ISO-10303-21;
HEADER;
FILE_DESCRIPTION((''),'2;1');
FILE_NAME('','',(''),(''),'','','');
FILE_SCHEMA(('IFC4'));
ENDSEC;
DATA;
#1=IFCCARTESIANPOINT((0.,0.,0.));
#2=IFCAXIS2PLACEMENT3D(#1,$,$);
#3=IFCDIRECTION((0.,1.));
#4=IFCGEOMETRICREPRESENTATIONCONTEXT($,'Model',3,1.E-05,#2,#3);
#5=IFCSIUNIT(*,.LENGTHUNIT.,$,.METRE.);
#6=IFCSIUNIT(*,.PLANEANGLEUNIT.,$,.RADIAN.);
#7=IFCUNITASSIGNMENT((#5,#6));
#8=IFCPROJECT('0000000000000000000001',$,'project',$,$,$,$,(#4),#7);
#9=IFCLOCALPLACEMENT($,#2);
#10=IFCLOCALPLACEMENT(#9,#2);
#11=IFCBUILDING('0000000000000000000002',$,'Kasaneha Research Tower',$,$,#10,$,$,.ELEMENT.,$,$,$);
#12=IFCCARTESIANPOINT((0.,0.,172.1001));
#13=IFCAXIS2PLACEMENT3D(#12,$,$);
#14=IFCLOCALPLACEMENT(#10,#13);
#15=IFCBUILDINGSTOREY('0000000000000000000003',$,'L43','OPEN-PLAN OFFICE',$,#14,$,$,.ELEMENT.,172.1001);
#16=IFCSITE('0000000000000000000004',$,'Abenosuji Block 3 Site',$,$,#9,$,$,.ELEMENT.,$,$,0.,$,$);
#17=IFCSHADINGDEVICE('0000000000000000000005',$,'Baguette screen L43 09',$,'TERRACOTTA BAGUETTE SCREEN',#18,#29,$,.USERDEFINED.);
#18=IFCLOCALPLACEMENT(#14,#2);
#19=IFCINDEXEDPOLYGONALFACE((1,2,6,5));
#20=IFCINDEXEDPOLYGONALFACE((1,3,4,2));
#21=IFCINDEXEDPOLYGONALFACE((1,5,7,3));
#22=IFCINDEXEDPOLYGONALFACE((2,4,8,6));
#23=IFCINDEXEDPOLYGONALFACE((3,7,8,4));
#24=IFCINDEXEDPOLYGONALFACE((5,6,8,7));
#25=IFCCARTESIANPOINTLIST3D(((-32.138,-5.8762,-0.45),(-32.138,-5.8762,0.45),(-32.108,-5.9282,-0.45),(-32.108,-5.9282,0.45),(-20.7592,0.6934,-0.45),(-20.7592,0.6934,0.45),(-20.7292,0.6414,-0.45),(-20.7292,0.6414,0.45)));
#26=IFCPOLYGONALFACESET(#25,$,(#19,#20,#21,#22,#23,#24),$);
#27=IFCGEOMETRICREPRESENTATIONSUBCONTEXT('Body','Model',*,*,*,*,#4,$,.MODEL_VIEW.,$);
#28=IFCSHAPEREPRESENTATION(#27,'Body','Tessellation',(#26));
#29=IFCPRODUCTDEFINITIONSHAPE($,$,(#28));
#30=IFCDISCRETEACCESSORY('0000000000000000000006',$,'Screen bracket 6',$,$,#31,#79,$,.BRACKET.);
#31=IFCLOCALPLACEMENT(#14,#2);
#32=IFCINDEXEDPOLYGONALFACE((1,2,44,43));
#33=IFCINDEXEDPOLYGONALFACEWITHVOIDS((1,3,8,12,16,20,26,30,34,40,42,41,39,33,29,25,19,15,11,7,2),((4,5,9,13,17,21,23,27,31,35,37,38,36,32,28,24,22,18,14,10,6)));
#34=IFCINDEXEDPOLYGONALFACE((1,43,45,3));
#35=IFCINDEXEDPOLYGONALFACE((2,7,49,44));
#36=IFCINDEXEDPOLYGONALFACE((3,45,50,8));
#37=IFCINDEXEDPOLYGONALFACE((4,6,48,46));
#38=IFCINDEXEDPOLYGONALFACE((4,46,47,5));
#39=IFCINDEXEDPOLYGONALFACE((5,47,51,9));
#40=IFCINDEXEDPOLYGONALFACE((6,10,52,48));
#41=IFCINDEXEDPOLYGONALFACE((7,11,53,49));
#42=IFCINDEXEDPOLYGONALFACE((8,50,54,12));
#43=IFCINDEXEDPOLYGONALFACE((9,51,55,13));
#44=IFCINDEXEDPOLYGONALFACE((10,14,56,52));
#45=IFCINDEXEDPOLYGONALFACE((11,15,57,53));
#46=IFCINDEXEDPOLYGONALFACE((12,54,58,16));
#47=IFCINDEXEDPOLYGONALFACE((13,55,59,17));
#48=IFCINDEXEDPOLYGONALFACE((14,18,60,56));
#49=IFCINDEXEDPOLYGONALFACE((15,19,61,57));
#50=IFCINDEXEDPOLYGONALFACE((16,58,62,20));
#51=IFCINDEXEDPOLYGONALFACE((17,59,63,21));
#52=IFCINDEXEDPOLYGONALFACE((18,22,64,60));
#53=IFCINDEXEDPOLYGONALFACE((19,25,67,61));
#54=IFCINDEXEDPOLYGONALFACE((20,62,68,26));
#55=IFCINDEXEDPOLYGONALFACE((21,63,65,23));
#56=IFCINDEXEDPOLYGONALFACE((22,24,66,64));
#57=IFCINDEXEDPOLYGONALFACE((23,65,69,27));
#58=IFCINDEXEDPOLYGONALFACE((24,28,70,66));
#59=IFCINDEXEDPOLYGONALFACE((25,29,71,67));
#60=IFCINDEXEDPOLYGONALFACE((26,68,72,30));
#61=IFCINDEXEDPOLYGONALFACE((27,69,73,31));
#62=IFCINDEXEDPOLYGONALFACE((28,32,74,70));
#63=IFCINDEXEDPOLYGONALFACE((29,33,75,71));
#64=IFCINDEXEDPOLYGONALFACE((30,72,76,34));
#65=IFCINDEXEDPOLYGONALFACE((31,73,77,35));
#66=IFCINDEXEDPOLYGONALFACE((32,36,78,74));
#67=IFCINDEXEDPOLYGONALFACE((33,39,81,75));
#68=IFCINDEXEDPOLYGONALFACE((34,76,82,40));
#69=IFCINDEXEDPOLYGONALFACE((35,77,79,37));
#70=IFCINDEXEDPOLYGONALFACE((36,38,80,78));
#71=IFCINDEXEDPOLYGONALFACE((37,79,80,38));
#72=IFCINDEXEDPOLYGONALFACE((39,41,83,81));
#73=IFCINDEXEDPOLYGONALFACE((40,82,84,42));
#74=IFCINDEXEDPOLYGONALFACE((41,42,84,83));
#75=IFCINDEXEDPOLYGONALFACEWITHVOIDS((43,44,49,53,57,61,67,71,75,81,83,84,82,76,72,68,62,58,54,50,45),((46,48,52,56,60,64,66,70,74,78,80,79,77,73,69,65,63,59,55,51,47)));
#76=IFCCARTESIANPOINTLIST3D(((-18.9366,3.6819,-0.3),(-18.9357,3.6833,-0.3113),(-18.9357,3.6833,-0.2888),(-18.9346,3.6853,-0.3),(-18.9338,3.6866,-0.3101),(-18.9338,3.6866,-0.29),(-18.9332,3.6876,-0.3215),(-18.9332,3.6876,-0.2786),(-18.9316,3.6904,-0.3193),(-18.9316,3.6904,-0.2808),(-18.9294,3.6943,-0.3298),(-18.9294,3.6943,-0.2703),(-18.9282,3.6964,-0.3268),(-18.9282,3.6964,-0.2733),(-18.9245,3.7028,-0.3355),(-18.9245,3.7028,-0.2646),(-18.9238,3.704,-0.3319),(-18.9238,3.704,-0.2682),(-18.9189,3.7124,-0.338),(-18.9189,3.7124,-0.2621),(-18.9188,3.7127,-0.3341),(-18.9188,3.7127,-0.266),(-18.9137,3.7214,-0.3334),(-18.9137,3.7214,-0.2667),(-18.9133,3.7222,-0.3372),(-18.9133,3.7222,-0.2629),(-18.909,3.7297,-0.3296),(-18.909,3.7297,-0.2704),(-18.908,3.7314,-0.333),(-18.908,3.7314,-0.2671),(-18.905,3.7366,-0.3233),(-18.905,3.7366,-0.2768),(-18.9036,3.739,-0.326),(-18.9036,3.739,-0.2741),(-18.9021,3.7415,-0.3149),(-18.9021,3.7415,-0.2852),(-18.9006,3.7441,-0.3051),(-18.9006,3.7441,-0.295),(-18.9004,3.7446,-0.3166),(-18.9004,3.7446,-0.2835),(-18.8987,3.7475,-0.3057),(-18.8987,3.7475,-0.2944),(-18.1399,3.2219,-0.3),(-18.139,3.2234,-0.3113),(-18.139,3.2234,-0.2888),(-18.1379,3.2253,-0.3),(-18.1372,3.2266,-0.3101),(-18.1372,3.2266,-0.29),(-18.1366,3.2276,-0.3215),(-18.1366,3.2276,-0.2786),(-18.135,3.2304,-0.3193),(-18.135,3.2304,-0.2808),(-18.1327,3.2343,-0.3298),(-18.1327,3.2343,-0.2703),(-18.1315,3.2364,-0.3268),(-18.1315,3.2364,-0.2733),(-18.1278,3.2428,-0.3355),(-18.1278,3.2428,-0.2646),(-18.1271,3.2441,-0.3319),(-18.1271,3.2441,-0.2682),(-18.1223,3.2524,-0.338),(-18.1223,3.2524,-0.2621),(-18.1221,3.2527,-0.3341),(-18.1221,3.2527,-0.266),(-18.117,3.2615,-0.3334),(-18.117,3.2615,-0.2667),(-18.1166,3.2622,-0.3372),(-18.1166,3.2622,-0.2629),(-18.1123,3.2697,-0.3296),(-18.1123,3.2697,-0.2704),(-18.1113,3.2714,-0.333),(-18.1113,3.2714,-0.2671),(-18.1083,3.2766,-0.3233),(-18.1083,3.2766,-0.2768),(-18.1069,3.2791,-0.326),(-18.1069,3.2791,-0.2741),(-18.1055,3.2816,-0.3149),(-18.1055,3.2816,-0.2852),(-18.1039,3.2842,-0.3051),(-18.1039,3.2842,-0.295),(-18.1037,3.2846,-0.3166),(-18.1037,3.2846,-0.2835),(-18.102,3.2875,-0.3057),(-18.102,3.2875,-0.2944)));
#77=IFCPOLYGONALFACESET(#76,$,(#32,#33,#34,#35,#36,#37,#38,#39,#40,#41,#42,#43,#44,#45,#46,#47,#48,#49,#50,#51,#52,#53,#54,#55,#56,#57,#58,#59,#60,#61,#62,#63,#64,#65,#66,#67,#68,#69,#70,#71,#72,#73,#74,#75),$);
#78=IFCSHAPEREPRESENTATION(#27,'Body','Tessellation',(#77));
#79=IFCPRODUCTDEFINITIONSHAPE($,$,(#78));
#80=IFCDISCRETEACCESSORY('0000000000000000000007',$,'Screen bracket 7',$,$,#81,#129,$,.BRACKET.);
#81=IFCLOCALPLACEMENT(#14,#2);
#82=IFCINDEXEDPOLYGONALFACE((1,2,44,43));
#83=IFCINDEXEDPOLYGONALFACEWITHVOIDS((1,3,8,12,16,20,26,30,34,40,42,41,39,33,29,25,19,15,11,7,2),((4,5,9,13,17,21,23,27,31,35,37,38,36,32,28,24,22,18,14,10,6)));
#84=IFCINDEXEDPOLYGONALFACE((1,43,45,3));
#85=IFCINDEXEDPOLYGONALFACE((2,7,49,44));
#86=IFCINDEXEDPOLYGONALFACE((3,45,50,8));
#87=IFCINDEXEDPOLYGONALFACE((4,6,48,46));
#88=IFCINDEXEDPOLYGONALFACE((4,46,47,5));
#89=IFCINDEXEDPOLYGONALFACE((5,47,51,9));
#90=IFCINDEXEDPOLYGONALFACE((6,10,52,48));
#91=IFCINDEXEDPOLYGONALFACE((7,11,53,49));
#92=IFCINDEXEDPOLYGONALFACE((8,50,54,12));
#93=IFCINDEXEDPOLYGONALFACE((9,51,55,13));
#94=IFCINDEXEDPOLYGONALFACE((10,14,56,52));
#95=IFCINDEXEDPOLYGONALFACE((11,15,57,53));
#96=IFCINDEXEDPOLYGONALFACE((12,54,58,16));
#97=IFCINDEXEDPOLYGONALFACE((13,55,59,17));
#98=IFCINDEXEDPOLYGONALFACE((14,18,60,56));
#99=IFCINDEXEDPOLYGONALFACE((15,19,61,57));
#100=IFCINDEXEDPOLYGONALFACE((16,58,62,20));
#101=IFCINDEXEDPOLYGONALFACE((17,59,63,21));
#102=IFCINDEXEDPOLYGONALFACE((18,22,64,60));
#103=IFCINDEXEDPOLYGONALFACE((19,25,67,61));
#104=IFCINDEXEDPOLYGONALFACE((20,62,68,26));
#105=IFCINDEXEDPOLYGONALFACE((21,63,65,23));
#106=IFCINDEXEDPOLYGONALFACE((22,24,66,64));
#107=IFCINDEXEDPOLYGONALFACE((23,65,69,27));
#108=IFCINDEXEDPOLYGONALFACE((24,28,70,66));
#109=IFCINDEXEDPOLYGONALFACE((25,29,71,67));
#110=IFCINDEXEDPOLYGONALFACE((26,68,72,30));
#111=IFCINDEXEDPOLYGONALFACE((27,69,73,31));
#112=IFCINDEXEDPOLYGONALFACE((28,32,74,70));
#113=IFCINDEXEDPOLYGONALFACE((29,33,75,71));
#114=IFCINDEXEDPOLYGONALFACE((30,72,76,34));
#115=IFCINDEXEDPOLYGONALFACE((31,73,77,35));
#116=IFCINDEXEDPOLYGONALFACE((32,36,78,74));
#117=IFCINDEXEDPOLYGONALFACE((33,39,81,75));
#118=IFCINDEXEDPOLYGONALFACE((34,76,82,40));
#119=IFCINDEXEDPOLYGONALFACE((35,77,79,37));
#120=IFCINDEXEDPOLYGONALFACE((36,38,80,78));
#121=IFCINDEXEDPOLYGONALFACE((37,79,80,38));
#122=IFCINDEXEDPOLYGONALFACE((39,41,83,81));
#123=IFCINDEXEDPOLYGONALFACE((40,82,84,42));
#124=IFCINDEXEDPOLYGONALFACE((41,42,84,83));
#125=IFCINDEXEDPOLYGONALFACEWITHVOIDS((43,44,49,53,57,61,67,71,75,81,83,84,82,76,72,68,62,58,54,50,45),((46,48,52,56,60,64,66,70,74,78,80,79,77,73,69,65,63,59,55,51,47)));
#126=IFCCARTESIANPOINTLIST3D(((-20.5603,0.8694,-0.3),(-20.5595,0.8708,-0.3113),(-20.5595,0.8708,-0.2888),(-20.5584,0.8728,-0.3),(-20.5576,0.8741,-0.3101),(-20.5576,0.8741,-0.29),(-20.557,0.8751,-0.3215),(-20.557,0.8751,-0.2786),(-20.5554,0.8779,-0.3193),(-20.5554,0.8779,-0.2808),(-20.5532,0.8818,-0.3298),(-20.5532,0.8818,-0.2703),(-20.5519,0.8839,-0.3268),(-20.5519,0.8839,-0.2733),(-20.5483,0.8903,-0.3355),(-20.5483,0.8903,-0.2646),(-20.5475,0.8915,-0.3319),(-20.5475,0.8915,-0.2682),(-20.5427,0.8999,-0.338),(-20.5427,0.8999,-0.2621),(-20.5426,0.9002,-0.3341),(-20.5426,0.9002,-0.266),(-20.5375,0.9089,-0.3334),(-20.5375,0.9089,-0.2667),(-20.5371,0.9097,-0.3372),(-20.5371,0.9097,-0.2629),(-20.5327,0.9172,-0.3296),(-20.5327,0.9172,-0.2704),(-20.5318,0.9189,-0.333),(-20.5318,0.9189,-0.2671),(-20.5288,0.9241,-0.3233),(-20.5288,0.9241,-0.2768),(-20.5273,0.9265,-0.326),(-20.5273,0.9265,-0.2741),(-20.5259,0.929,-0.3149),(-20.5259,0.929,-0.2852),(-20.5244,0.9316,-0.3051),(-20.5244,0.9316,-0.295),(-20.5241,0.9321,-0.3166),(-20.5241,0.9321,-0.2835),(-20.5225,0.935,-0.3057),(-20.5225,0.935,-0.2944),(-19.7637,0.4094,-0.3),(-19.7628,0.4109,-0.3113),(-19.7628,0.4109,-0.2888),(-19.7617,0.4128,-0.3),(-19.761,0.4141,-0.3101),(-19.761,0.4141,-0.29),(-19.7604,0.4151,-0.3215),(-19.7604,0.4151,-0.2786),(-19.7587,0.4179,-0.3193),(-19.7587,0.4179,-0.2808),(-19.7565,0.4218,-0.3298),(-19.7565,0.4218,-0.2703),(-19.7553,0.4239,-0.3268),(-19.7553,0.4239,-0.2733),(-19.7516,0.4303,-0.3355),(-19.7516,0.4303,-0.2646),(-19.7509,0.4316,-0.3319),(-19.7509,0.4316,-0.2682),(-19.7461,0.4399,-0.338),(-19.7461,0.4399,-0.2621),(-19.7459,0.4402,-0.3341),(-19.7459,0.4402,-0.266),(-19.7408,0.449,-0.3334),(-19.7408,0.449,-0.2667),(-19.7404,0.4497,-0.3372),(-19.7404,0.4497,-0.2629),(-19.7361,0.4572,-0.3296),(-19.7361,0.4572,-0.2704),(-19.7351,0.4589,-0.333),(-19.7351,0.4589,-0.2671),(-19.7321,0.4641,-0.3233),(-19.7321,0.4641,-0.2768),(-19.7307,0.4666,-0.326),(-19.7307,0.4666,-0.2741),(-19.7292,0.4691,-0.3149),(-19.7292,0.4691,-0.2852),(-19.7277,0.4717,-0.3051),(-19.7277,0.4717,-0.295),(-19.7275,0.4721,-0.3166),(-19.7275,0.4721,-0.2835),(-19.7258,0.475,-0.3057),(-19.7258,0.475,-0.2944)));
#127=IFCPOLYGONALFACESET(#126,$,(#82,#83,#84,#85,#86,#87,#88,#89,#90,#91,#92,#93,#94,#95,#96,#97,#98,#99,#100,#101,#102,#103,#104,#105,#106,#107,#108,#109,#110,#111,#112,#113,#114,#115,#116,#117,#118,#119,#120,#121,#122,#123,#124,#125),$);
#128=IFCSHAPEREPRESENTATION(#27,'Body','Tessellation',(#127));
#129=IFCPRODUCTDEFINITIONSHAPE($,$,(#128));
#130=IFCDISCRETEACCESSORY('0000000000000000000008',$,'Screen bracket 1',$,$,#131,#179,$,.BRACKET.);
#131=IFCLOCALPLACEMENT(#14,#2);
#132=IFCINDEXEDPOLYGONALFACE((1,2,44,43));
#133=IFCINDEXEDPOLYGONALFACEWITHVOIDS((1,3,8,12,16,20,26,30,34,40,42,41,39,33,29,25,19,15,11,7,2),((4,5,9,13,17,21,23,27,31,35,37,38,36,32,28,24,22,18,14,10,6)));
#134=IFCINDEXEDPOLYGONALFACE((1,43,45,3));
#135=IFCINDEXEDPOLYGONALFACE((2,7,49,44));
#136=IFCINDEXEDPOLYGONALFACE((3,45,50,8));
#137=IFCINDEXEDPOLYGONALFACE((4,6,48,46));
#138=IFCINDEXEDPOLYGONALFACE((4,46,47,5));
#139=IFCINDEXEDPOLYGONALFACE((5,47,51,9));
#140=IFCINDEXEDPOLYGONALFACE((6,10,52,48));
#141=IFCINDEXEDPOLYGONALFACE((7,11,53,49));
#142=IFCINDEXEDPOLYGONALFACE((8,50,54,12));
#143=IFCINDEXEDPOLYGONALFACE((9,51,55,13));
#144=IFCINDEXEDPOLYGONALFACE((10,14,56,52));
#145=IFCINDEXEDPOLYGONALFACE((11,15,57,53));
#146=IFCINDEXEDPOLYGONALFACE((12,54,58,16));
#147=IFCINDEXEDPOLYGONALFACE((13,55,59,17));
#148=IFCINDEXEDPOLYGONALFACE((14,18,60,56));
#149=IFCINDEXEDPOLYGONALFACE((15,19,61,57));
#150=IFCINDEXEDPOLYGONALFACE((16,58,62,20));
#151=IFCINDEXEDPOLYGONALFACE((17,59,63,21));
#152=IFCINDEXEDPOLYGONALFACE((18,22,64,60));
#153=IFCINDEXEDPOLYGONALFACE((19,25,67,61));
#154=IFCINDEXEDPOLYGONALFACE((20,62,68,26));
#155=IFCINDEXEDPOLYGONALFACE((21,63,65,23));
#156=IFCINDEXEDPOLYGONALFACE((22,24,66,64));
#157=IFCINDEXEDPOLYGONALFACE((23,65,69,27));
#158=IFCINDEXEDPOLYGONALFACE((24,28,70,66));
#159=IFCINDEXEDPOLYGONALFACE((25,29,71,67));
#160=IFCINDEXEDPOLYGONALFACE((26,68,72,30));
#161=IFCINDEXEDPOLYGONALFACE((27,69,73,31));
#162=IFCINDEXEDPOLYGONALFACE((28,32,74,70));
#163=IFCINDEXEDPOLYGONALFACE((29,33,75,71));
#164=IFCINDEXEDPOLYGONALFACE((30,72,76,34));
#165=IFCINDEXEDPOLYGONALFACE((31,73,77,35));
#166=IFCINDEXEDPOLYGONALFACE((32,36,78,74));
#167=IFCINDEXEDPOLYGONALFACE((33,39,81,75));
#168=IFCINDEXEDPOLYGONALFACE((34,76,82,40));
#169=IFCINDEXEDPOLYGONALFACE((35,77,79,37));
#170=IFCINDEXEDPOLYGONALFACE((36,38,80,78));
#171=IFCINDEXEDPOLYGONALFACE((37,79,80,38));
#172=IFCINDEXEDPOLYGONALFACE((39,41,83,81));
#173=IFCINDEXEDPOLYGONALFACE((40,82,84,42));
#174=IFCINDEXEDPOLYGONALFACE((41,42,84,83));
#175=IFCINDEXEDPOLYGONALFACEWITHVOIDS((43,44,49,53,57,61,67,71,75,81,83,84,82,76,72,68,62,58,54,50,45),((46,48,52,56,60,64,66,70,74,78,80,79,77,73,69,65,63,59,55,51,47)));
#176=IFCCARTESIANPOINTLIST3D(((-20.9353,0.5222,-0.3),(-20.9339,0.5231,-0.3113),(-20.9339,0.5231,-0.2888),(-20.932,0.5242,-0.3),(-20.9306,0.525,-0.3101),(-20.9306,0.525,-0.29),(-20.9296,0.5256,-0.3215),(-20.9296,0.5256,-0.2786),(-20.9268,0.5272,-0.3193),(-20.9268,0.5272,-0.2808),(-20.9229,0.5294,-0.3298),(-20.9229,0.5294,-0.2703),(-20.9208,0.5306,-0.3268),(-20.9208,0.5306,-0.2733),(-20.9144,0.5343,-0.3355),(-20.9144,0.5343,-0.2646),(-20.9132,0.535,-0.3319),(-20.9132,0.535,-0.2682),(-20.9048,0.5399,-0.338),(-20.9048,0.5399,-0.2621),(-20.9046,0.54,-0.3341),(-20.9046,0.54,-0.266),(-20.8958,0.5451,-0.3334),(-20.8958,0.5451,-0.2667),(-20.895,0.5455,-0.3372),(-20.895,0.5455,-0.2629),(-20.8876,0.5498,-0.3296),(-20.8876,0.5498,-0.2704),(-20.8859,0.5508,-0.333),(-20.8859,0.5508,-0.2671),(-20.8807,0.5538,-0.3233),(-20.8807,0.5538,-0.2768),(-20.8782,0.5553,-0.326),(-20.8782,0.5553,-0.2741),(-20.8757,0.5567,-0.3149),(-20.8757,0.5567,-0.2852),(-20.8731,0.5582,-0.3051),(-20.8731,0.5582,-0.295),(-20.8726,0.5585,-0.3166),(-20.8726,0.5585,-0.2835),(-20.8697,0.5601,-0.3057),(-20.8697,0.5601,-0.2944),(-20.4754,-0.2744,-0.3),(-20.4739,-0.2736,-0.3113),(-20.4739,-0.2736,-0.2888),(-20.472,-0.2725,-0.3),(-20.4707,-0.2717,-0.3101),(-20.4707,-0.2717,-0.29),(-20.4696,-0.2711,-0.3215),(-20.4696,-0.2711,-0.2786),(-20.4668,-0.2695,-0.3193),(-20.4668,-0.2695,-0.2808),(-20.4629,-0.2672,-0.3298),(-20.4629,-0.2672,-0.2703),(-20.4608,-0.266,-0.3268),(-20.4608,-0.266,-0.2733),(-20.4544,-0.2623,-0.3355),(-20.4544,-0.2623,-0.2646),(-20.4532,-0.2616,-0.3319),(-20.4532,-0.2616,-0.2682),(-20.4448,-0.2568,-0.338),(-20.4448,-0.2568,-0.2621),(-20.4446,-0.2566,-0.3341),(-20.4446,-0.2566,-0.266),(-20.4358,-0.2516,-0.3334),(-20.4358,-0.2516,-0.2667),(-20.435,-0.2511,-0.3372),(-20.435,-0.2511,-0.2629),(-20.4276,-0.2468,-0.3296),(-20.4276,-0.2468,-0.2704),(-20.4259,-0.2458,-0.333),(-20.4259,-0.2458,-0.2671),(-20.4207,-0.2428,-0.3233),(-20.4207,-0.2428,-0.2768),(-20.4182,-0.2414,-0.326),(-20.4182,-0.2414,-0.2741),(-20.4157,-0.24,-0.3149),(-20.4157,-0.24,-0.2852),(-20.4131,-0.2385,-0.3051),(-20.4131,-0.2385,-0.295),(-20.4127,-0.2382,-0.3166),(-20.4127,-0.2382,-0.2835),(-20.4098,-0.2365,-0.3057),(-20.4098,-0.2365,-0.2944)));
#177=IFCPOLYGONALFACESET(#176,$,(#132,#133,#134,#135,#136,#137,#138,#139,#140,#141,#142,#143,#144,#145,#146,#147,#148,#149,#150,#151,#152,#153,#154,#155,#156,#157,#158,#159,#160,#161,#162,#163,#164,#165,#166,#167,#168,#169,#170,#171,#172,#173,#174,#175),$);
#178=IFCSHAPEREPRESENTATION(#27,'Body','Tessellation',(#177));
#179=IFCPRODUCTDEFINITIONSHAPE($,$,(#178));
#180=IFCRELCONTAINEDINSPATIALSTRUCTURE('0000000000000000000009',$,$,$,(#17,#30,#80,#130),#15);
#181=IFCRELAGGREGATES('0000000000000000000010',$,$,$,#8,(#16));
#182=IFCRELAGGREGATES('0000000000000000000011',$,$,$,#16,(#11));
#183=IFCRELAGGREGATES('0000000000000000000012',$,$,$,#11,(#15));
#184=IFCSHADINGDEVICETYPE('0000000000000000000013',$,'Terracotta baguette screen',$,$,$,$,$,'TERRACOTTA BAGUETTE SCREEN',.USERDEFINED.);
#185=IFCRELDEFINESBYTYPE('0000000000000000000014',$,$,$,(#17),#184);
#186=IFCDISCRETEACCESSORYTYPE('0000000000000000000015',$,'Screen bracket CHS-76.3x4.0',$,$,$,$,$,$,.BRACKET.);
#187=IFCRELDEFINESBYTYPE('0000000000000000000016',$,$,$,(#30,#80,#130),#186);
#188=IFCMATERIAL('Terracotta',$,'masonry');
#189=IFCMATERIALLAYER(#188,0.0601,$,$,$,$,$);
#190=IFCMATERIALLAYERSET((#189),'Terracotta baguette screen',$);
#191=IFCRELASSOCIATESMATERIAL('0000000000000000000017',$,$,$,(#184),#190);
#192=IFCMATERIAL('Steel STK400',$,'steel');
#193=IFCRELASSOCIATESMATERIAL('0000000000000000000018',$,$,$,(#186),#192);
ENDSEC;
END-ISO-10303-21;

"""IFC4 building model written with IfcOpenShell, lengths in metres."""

from ifc_helpers import new_model, si_unit, direction, frame, origin, origin_2d, place, context, subcontext, project, spatial, rectangle, hollow_circle, extrude, material, layer, layer_set, material_profile, profile_set, type_object, element, save


model = new_model("IFC4")

# Units and contexts
model_context = context("Model", 3, precision=1e-05, world=origin(), true_north=direction((0.0, 1.0)))
body_context = subcontext(model_context, "Body", "Model", "MODEL_VIEW")
ifc_project = project(units=[si_unit("LENGTHUNIT", "METRE"), si_unit("PLANEANGLEUNIT", "RADIAN")], contexts=[model_context])

# Site, building, storey
site_placement = place(None, origin())
site = spatial("IfcSite", under=ifc_project, at=site_placement, Name="Abenosuji Block 3 Site", CompositionType="ELEMENT", RefElevation=0.0)
building_placement = place(site_placement, origin())
building = spatial("IfcBuilding", under=site, at=building_placement, Name="Kasaneha Research Tower", CompositionType="ELEMENT")
storey_placement = place(building_placement, frame((0.0, 0.0, 172.1001)))
storey = spatial("IfcBuildingStorey", under=building, at=storey_placement, Name="L43", Description="OPEN-PLAN OFFICE", CompositionType="ELEMENT", Elevation=172.1001)

# Shading device
ifc_material_1 = material(Name="Terracotta", Category="masonry")
ifc_layer_1 = layer(ifc_material_1, 0.0601)
ifc_layer_set_1 = layer_set([ifc_layer_1], Name="Terracotta baguette screen")
shading_device_type = type_object("IfcShadingDeviceType", Name="Terracotta baguette screen", ElementType="TERRACOTTA BAGUETTE SCREEN", PredefinedType="USERDEFINED", material=ifc_layer_set_1)
shading_device_placement = place(storey_placement, frame((-26.4336, -2.6174, -0.45), z_axis=(0.0, 0.0, 1.0), x_axis=(-0.866025, -0.5, 0.0)))
element("IfcShadingDevice", 1, at=shading_device_placement, inside=storey, type_object=shading_device_type, Name="Baguette screen L43 09", ObjectType="TERRACOTTA BAGUETTE SCREEN", PredefinedType="USERDEFINED", context=body_context, shape_type="SweptSolid", body=[
    extrude(rectangle(XDim=13.1392, YDim=0.0601, at=origin_2d()), origin(), (0.0, 0.0, 1.0), 0.8999),
])

# Discrete accessories
ifc_material_2 = material(Name="Steel STK400", Category="steel")
ifc_material_profile_1 = material_profile(ifc_material_2, hollow_circle(Radius=0.0381, WallThickness=0.0039, at=origin_2d()), Name="CHS-76.3x4.0")
ifc_profile_set_1 = profile_set([ifc_material_profile_1], Name="Steel STK400")
discrete_accessory_type = type_object("IfcDiscreteAccessoryType", Name="Screen bracket CHS-76.3x4.0", PredefinedType="BRACKET", material=ifc_profile_set_1)
for number, where, z_axis, x_axis, name in (
    (2, (-18.1208, 3.2549, -0.3), (-0.866013, 0.500021, 0.0), (-0.500021, -0.866013, 0.0), "Screen bracket 6"),
    (3, (-19.7446, 0.4424, -0.3), (-0.866013, 0.500021, 0.0), (-0.500021, -0.866013, 0.0), "Screen bracket 7"),
    (4, (-20.4424, -0.2554, -0.3), (-0.500021, 0.866013, 0.0), (-0.866013, -0.500021, 0.0), "Screen bracket 1"),
):
    element("IfcDiscreteAccessory", number, at=place(storey_placement, frame(where, z_axis=z_axis, x_axis=x_axis)), inside=storey, type_object=discrete_accessory_type, Name=name, PredefinedType="BRACKET", context=body_context, shape_type="SweptSolid", body=[
        extrude(hollow_circle(Radius=0.0381, WallThickness=0.0039, at=origin_2d()), origin(), (0.0, 0.0, 1.0), 0.9199),
    ])

save(model, "model.ifc")
